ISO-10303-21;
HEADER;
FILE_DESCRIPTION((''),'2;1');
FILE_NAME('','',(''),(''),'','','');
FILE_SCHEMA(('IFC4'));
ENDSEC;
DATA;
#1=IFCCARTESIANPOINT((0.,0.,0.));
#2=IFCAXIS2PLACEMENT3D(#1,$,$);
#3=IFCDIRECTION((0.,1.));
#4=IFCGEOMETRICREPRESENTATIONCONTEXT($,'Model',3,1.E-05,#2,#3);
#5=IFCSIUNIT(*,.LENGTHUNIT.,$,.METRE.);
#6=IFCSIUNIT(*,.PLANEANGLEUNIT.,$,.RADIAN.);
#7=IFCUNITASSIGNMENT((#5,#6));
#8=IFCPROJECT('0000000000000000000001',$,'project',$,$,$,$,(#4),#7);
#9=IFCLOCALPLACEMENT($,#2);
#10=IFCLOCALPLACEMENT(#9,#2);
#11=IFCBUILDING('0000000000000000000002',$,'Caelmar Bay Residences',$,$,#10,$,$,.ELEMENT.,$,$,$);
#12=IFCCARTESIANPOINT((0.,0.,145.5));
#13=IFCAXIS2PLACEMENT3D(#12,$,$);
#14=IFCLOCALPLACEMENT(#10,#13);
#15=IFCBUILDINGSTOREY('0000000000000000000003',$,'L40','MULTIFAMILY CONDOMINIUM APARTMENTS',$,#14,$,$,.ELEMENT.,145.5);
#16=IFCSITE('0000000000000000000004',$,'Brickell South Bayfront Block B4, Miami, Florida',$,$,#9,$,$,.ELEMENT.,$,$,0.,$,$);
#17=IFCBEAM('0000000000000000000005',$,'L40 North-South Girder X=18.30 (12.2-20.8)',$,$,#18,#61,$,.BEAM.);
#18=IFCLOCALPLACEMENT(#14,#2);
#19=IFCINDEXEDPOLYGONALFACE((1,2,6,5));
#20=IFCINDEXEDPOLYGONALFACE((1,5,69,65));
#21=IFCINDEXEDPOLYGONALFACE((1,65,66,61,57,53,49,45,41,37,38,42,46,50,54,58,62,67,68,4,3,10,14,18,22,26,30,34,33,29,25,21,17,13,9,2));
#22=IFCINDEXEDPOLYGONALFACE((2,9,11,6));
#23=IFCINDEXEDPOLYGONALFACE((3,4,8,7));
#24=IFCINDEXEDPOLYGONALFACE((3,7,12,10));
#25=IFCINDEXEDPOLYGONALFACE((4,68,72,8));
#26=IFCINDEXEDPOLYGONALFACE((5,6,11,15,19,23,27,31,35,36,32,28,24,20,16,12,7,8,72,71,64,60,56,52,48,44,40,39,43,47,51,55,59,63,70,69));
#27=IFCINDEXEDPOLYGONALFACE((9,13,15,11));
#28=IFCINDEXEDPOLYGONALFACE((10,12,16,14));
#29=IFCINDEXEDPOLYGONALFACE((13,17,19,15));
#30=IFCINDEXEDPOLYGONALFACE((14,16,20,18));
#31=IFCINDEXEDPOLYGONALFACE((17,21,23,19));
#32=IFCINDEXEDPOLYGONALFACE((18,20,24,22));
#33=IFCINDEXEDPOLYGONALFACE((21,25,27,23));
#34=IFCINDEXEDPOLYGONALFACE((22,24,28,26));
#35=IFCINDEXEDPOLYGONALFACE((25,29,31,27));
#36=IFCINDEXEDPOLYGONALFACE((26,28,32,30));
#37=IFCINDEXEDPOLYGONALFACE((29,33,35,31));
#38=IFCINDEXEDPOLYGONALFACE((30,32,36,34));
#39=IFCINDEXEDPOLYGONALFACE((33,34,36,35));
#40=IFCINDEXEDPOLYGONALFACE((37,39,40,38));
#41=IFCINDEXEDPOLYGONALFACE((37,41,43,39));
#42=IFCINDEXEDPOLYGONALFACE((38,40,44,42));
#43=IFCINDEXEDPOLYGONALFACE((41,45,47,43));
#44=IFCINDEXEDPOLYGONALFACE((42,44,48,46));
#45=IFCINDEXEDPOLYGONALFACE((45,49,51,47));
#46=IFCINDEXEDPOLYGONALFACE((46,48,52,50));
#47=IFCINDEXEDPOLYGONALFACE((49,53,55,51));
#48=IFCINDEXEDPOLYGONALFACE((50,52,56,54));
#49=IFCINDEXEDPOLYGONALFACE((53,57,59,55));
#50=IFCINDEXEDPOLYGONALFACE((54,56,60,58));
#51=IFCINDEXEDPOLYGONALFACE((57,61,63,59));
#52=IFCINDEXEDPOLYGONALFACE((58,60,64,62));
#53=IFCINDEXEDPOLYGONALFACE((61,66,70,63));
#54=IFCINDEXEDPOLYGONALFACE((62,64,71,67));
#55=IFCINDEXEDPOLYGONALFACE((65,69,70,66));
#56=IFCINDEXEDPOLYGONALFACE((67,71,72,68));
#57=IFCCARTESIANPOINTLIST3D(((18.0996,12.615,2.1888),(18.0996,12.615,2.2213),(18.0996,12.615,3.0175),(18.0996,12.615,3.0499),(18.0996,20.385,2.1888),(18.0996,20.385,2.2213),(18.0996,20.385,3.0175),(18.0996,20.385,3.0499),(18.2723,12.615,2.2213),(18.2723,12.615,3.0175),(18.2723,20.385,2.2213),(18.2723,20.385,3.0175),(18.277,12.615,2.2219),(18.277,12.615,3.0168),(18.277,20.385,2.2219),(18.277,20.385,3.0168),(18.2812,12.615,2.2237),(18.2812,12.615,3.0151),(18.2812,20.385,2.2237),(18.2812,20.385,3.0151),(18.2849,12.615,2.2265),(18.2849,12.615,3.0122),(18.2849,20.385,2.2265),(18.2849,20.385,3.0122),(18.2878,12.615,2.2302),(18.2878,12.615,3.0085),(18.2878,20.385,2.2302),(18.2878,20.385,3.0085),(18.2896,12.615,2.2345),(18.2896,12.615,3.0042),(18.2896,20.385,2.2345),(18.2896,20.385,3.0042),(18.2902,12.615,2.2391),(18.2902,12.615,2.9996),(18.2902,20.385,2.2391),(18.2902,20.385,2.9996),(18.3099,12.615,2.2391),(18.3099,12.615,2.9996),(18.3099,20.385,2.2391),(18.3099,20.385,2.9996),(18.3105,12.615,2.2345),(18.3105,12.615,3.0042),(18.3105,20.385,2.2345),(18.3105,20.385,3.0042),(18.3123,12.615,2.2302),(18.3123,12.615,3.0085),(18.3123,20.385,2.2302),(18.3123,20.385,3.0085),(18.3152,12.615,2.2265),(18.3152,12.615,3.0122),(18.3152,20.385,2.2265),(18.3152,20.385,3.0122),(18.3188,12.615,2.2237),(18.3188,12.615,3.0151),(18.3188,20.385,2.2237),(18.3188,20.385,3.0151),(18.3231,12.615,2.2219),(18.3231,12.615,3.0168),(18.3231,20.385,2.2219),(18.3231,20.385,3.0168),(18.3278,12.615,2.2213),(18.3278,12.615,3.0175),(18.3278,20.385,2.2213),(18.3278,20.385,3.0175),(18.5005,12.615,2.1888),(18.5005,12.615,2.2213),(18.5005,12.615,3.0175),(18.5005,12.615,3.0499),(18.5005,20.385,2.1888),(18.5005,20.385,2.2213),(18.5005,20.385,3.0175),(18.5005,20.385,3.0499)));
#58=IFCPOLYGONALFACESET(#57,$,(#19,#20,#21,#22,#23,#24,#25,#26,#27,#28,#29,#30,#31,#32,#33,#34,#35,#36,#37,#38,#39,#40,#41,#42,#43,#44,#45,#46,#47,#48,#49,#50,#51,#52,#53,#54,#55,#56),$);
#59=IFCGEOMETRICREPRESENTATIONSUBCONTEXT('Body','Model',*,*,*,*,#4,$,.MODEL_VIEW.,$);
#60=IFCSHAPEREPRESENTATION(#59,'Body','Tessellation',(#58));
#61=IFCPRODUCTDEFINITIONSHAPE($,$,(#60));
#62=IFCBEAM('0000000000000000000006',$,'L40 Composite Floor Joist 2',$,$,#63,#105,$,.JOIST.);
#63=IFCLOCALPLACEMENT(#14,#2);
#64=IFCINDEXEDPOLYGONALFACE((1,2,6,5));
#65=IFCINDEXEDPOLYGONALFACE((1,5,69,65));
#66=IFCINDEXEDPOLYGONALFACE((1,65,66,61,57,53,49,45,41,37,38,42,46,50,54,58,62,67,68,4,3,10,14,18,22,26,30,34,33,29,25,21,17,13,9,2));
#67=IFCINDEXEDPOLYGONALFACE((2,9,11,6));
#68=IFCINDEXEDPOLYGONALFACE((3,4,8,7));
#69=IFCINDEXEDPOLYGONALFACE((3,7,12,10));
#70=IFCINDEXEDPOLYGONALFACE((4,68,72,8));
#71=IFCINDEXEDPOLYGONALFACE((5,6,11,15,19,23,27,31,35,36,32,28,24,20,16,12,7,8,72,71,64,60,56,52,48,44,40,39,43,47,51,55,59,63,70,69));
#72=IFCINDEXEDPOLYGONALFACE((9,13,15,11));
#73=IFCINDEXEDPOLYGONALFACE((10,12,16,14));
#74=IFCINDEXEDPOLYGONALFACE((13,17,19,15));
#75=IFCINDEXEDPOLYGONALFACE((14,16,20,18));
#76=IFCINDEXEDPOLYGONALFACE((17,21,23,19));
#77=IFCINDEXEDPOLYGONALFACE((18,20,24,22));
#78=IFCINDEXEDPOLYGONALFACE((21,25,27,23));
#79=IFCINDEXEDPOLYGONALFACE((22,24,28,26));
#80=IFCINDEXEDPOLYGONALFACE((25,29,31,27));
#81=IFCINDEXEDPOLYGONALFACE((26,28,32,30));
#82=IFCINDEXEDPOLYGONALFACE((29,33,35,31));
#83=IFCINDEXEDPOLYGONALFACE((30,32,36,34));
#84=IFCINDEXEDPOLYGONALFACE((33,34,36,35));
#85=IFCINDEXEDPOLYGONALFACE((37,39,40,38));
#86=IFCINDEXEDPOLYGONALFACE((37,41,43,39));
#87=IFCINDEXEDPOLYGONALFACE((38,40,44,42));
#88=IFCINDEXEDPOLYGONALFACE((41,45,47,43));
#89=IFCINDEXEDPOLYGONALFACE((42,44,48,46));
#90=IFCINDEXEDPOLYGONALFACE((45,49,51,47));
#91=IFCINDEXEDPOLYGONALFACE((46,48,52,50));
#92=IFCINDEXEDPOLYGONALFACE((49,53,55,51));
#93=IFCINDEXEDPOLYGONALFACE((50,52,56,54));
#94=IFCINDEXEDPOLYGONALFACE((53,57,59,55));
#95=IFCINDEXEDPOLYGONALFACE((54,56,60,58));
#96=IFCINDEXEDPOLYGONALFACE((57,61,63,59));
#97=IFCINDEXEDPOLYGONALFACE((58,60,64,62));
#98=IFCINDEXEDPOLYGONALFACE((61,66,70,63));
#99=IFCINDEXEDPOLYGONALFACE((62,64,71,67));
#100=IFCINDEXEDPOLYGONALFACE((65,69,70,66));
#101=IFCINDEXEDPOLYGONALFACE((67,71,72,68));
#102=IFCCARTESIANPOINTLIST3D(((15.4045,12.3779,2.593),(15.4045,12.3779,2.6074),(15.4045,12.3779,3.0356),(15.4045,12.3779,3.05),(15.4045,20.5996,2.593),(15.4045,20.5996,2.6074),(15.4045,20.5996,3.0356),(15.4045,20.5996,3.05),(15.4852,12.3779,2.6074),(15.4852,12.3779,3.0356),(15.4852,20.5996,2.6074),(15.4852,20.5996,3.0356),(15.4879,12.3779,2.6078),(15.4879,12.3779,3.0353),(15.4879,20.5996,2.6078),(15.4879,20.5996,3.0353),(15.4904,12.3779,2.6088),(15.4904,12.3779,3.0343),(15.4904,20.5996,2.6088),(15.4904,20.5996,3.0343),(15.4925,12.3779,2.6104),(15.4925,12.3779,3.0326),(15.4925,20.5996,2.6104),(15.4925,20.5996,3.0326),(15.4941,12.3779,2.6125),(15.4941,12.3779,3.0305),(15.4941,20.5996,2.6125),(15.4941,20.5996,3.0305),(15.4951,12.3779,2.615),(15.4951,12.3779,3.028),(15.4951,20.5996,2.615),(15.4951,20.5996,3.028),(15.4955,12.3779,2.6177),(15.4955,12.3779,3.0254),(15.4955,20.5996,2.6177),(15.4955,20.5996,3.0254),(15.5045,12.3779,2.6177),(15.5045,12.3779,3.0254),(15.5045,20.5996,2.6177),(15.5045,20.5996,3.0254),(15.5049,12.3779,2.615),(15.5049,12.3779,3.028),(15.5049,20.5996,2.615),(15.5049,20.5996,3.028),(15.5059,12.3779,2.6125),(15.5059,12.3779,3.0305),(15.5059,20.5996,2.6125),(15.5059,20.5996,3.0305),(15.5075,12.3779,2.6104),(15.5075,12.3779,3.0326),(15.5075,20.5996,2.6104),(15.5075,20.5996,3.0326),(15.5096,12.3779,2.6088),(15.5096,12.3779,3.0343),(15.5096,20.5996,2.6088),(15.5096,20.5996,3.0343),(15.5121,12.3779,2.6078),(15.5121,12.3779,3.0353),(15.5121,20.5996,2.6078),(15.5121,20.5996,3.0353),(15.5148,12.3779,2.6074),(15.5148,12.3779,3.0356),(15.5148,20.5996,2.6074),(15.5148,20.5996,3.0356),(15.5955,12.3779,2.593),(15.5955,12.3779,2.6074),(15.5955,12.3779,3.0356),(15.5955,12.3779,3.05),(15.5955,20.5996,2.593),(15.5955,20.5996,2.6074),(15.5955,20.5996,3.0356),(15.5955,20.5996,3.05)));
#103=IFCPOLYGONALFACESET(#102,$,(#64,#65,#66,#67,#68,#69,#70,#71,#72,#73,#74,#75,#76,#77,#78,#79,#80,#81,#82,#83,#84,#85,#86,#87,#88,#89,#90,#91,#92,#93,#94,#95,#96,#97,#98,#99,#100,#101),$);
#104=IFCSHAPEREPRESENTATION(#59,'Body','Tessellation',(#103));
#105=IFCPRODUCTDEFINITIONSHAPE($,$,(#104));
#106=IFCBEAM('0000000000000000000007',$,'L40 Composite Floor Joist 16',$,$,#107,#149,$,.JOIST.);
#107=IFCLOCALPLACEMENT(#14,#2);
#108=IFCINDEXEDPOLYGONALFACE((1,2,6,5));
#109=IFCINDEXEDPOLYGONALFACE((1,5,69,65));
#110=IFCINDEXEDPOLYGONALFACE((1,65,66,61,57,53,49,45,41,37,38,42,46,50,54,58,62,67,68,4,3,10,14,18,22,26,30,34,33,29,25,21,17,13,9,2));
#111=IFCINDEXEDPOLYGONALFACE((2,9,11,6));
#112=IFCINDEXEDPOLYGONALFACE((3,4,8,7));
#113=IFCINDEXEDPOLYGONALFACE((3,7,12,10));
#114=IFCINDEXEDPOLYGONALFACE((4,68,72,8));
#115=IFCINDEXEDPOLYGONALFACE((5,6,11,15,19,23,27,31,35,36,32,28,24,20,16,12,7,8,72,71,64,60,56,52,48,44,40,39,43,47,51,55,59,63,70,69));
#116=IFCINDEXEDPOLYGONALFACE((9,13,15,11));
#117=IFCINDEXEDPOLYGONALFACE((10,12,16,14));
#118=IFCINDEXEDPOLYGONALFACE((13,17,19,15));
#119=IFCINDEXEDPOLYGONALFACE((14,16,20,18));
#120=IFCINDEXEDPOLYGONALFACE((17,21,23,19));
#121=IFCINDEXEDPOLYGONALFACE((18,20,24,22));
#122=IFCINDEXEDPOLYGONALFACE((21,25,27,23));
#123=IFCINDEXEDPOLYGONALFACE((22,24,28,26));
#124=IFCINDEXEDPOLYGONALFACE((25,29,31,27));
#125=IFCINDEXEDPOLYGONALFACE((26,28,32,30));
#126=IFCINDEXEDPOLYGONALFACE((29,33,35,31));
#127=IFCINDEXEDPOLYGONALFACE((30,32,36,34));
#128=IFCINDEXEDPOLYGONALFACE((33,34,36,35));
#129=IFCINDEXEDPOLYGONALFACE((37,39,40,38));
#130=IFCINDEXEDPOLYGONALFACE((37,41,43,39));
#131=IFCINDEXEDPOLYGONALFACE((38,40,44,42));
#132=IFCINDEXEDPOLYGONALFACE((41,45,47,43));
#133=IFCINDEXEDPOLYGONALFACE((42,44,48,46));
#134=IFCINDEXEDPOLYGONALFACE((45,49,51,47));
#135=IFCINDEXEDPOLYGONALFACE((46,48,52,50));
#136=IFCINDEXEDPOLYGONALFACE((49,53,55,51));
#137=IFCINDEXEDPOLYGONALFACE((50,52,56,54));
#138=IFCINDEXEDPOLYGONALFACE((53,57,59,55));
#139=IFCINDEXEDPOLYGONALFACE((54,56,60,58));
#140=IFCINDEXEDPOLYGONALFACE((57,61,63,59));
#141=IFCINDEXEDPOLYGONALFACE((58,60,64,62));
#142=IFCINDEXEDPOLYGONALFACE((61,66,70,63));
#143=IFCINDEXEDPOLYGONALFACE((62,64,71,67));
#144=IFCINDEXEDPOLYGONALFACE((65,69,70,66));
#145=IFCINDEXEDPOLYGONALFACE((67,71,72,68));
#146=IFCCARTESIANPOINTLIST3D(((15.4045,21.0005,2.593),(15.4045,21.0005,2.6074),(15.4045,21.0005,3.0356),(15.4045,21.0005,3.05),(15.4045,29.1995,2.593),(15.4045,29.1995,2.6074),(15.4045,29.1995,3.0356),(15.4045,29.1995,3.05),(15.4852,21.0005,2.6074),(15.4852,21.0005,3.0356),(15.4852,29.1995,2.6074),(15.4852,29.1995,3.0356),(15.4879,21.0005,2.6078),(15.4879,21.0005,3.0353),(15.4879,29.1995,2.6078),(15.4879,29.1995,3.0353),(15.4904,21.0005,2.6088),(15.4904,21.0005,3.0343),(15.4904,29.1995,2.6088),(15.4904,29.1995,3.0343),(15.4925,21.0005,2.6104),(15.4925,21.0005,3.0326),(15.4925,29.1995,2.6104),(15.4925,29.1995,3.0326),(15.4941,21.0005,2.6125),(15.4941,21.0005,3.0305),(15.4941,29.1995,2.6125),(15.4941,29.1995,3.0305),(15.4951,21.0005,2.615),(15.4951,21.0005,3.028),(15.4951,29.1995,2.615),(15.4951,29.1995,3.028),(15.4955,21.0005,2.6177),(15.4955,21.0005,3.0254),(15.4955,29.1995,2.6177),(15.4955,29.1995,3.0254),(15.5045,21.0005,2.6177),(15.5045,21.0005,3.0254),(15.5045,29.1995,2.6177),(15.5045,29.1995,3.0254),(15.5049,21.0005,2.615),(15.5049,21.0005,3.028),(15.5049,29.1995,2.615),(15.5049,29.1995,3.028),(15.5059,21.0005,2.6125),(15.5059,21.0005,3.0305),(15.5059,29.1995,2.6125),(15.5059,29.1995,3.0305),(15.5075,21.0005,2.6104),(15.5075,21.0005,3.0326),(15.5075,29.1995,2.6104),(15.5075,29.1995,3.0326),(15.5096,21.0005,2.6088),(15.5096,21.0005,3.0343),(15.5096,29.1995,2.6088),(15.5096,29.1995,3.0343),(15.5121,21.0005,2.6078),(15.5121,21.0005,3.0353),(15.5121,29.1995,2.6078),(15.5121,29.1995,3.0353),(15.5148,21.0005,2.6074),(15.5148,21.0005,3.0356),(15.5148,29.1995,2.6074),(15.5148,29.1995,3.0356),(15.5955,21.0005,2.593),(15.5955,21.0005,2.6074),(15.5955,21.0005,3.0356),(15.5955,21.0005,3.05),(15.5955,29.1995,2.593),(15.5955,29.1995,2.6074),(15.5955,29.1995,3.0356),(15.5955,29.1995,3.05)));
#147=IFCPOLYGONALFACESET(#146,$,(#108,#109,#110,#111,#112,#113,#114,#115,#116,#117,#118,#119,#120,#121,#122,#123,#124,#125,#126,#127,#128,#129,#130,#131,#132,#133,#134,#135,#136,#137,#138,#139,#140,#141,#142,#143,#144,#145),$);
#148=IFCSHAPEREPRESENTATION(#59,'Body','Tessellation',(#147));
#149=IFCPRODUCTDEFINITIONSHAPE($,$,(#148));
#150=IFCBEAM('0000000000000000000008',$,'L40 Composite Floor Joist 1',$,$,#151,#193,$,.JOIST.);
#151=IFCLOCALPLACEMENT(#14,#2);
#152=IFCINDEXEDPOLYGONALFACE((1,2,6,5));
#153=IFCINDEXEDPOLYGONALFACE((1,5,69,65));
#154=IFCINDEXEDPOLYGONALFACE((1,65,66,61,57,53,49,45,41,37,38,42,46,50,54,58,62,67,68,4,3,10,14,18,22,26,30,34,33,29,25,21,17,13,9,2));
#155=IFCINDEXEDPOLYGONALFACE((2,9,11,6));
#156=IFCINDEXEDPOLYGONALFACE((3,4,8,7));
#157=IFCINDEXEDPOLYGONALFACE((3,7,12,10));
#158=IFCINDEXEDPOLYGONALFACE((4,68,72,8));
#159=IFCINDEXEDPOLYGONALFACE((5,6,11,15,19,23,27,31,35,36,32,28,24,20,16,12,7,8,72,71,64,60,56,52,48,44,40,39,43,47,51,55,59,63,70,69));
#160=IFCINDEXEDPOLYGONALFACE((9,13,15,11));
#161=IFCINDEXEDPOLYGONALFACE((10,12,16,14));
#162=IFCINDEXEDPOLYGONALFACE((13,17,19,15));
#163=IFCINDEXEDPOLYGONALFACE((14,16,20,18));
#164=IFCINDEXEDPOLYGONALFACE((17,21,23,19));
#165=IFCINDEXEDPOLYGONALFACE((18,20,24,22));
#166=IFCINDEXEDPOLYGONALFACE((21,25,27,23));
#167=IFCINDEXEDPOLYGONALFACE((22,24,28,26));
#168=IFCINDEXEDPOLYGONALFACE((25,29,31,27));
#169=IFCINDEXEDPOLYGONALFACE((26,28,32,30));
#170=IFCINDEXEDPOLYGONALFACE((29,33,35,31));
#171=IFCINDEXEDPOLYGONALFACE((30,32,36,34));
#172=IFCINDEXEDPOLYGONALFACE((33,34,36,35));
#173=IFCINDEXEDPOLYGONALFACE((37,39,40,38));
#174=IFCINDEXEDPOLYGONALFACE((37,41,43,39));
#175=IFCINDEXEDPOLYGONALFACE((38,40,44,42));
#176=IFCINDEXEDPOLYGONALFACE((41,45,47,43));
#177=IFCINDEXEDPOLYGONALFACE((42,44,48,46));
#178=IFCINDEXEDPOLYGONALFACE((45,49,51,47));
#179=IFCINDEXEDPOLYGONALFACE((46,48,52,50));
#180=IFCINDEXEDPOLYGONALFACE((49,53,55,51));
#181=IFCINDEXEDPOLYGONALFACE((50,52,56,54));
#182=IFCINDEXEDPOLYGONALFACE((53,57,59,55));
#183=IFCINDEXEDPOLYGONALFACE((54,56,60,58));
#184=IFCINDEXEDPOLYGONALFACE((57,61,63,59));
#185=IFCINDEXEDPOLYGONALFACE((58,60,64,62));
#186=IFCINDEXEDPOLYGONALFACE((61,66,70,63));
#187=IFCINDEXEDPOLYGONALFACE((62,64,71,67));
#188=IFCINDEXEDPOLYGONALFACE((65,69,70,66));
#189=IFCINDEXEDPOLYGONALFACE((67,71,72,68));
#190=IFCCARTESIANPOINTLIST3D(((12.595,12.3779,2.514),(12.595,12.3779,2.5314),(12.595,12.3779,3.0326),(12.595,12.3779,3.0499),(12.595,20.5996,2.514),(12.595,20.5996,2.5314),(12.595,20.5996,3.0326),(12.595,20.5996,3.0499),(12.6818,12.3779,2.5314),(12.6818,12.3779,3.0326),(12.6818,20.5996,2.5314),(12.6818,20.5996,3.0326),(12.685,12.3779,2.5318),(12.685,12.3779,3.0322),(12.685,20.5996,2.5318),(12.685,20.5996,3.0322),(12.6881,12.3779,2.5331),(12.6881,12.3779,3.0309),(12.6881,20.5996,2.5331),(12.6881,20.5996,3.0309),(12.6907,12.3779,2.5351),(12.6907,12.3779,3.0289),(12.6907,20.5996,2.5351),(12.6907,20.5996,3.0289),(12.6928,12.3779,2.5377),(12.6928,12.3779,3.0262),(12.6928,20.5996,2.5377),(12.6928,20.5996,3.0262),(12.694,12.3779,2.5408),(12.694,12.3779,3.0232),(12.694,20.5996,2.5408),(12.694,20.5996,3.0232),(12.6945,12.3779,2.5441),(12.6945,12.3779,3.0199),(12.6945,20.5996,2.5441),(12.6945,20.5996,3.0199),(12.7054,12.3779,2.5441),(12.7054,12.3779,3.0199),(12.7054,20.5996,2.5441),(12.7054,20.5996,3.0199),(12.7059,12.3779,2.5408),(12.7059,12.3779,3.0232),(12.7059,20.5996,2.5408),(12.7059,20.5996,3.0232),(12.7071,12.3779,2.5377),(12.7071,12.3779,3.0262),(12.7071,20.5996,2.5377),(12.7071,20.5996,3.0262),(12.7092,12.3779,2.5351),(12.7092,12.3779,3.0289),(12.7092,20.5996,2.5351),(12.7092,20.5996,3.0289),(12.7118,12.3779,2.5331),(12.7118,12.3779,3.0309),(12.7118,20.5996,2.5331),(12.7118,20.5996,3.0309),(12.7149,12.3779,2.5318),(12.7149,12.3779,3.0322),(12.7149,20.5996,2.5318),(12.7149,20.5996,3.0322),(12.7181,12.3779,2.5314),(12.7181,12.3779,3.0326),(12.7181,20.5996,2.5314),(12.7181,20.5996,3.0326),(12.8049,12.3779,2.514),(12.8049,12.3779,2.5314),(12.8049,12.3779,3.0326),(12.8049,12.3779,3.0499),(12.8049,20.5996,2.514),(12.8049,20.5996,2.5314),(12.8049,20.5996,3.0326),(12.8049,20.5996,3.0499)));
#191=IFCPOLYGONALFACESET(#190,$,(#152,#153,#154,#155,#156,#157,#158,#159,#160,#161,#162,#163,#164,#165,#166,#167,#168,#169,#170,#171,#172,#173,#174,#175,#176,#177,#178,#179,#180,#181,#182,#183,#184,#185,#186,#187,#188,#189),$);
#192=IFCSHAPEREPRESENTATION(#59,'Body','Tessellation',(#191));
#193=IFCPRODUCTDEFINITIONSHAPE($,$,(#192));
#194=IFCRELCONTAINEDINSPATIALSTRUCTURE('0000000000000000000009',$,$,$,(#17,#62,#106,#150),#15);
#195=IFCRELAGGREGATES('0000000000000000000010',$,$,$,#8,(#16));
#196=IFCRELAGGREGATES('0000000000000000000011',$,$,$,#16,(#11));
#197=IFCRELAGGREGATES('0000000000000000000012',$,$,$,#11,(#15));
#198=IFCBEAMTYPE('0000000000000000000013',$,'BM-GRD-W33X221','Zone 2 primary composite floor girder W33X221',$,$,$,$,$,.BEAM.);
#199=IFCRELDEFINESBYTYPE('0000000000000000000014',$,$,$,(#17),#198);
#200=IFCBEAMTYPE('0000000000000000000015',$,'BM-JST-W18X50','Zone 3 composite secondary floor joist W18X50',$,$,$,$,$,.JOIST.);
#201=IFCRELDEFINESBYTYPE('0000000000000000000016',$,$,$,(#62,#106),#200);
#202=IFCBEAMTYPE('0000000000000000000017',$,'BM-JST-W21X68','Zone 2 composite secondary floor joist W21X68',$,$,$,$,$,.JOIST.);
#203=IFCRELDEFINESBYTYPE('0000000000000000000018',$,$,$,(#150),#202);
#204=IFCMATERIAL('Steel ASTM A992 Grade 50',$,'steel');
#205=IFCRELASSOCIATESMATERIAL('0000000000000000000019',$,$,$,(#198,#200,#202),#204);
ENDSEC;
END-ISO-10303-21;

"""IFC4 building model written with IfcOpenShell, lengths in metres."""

from ifc_helpers import new_model, si_unit, direction, frame, origin, origin_2d, place, context, subcontext, project, spatial, i_section, extrude, material, material_profile, profile_set, type_object, element, save


model = new_model("IFC4")

# Units and contexts
model_context = context("Model", 3, precision=1e-05, world=origin(), true_north=direction((0.0, 1.0)))
body_context = subcontext(model_context, "Body", "Model", "MODEL_VIEW")
ifc_project = project(units=[si_unit("LENGTHUNIT", "METRE"), si_unit("PLANEANGLEUNIT", "RADIAN")], contexts=[model_context])

# Site, building, storey
site_placement = place(None, origin())
site = spatial("IfcSite", under=ifc_project, at=site_placement, Name="Brickell South Bayfront Block B4, Miami, Florida", CompositionType="ELEMENT", RefElevation=0.0)
building_placement = place(site_placement, origin())
building = spatial("IfcBuilding", under=site, at=building_placement, Name="Caelmar Bay Residences", CompositionType="ELEMENT")
storey_placement = place(building_placement, frame((0.0, 0.0, 145.5)))
storey = spatial("IfcBuildingStorey", under=building, at=storey_placement, Name="L40", Description="MULTIFAMILY CONDOMINIUM APARTMENTS", CompositionType="ELEMENT", Elevation=145.5)

# Beams
ifc_material_1 = material(Name="Steel ASTM A992 Grade 50", Category="steel")
ifc_material_profile_1 = material_profile(ifc_material_1, i_section(OverallWidth=0.4009, OverallDepth=0.8611, WebThickness=0.0198, FlangeThickness=0.0325, FilletRadius=0.0178, at=origin_2d()), Name="W33X221")
ifc_profile_set_1 = profile_set([ifc_material_profile_1], Name="Steel ASTM A992 Grade 50")
beam_type_1 = type_object("IfcBeamType", Name="BM-GRD-W33X221", Description="Zone 2 primary composite floor girder W33X221", PredefinedType="BEAM", material=ifc_profile_set_1)
for number, where, z_axis, x_axis, name in (
    (1, (18.3, 12.615, 2.6194), (0.0, 1.0, 0.0), (-1.0, 0.0, 0.0), "L40 North-South Girder X=18.30 (12.2-20.8)"),
):
    element("IfcBeam", number, at=place(storey_placement, frame(where, z_axis=z_axis, x_axis=x_axis)), inside=storey, type_object=beam_type_1, Name=name, PredefinedType="BEAM", context=body_context, shape_type="SweptSolid", body=[
        extrude(i_section(OverallWidth=0.4009, OverallDepth=0.8611, WebThickness=0.0198, FlangeThickness=0.0325, FilletRadius=0.0178, at=origin_2d()), origin(), (0.0, 0.0, 1.0), 7.77),
    ])
ifc_material_profile_2 = material_profile(ifc_material_1, i_section(OverallWidth=0.1909, OverallDepth=0.457, WebThickness=0.009, FlangeThickness=0.0144, FilletRadius=0.0103, at=origin_2d()), Name="W18X50")
ifc_profile_set_2 = profile_set([ifc_material_profile_2], Name="Steel ASTM A992 Grade 50")
beam_type_2 = type_object("IfcBeamType", Name="BM-JST-W18X50", Description="Zone 3 composite secondary floor joist W18X50", PredefinedType="JOIST", material=ifc_profile_set_2)
beam_1_placement = place(storey_placement, frame((15.5, 12.3779, 2.8215), z_axis=(0.0, 1.0, 0.0), x_axis=(-1.0, 0.0, 0.0)))
element("IfcBeam", 2, at=beam_1_placement, inside=storey, type_object=beam_type_2, Name="L40 Composite Floor Joist 2", PredefinedType="JOIST", context=body_context, shape_type="SweptSolid", body=[
    extrude(i_section(OverallWidth=0.1909, OverallDepth=0.457, WebThickness=0.009, FlangeThickness=0.0144, FilletRadius=0.0103, at=origin_2d()), origin(), (0.0, 0.0, 1.0), 8.2217),
])
beam_2_placement = place(storey_placement, frame((15.5, 21.0005, 2.8215), z_axis=(0.0, 1.0, 0.0), x_axis=(-1.0, 0.0, 0.0)))
element("IfcBeam", 3, at=beam_2_placement, inside=storey, type_object=beam_type_2, Name="L40 Composite Floor Joist 16", PredefinedType="JOIST", context=body_context, shape_type="SweptSolid", body=[
    extrude(i_section(OverallWidth=0.1909, OverallDepth=0.457, WebThickness=0.009, FlangeThickness=0.0144, FilletRadius=0.0103, at=origin_2d()), origin(), (0.0, 0.0, 1.0), 8.199),
])
ifc_material_profile_3 = material_profile(ifc_material_1, i_section(OverallWidth=0.21, OverallDepth=0.5359, WebThickness=0.011, FlangeThickness=0.0173, FilletRadius=0.0127, at=origin_2d()), Name="W21X68")
ifc_profile_set_3 = profile_set([ifc_material_profile_3], Name="Steel ASTM A992 Grade 50")
beam_type_3 = type_object("IfcBeamType", Name="BM-JST-W21X68", Description="Zone 2 composite secondary floor joist W21X68", PredefinedType="JOIST", material=ifc_profile_set_3)
beam_3_placement = place(storey_placement, frame((12.7, 12.3779, 2.782), z_axis=(0.0, 1.0, 0.0), x_axis=(-1.0, 0.0, 0.0)))
element("IfcBeam", 4, at=beam_3_placement, inside=storey, type_object=beam_type_3, Name="L40 Composite Floor Joist 1", PredefinedType="JOIST", context=body_context, shape_type="SweptSolid", body=[
    extrude(i_section(OverallWidth=0.21, OverallDepth=0.5359, WebThickness=0.011, FlangeThickness=0.0173, FilletRadius=0.0127, at=origin_2d()), origin(), (0.0, 0.0, 1.0), 8.2217),
])

save(model, "model.ifc")
